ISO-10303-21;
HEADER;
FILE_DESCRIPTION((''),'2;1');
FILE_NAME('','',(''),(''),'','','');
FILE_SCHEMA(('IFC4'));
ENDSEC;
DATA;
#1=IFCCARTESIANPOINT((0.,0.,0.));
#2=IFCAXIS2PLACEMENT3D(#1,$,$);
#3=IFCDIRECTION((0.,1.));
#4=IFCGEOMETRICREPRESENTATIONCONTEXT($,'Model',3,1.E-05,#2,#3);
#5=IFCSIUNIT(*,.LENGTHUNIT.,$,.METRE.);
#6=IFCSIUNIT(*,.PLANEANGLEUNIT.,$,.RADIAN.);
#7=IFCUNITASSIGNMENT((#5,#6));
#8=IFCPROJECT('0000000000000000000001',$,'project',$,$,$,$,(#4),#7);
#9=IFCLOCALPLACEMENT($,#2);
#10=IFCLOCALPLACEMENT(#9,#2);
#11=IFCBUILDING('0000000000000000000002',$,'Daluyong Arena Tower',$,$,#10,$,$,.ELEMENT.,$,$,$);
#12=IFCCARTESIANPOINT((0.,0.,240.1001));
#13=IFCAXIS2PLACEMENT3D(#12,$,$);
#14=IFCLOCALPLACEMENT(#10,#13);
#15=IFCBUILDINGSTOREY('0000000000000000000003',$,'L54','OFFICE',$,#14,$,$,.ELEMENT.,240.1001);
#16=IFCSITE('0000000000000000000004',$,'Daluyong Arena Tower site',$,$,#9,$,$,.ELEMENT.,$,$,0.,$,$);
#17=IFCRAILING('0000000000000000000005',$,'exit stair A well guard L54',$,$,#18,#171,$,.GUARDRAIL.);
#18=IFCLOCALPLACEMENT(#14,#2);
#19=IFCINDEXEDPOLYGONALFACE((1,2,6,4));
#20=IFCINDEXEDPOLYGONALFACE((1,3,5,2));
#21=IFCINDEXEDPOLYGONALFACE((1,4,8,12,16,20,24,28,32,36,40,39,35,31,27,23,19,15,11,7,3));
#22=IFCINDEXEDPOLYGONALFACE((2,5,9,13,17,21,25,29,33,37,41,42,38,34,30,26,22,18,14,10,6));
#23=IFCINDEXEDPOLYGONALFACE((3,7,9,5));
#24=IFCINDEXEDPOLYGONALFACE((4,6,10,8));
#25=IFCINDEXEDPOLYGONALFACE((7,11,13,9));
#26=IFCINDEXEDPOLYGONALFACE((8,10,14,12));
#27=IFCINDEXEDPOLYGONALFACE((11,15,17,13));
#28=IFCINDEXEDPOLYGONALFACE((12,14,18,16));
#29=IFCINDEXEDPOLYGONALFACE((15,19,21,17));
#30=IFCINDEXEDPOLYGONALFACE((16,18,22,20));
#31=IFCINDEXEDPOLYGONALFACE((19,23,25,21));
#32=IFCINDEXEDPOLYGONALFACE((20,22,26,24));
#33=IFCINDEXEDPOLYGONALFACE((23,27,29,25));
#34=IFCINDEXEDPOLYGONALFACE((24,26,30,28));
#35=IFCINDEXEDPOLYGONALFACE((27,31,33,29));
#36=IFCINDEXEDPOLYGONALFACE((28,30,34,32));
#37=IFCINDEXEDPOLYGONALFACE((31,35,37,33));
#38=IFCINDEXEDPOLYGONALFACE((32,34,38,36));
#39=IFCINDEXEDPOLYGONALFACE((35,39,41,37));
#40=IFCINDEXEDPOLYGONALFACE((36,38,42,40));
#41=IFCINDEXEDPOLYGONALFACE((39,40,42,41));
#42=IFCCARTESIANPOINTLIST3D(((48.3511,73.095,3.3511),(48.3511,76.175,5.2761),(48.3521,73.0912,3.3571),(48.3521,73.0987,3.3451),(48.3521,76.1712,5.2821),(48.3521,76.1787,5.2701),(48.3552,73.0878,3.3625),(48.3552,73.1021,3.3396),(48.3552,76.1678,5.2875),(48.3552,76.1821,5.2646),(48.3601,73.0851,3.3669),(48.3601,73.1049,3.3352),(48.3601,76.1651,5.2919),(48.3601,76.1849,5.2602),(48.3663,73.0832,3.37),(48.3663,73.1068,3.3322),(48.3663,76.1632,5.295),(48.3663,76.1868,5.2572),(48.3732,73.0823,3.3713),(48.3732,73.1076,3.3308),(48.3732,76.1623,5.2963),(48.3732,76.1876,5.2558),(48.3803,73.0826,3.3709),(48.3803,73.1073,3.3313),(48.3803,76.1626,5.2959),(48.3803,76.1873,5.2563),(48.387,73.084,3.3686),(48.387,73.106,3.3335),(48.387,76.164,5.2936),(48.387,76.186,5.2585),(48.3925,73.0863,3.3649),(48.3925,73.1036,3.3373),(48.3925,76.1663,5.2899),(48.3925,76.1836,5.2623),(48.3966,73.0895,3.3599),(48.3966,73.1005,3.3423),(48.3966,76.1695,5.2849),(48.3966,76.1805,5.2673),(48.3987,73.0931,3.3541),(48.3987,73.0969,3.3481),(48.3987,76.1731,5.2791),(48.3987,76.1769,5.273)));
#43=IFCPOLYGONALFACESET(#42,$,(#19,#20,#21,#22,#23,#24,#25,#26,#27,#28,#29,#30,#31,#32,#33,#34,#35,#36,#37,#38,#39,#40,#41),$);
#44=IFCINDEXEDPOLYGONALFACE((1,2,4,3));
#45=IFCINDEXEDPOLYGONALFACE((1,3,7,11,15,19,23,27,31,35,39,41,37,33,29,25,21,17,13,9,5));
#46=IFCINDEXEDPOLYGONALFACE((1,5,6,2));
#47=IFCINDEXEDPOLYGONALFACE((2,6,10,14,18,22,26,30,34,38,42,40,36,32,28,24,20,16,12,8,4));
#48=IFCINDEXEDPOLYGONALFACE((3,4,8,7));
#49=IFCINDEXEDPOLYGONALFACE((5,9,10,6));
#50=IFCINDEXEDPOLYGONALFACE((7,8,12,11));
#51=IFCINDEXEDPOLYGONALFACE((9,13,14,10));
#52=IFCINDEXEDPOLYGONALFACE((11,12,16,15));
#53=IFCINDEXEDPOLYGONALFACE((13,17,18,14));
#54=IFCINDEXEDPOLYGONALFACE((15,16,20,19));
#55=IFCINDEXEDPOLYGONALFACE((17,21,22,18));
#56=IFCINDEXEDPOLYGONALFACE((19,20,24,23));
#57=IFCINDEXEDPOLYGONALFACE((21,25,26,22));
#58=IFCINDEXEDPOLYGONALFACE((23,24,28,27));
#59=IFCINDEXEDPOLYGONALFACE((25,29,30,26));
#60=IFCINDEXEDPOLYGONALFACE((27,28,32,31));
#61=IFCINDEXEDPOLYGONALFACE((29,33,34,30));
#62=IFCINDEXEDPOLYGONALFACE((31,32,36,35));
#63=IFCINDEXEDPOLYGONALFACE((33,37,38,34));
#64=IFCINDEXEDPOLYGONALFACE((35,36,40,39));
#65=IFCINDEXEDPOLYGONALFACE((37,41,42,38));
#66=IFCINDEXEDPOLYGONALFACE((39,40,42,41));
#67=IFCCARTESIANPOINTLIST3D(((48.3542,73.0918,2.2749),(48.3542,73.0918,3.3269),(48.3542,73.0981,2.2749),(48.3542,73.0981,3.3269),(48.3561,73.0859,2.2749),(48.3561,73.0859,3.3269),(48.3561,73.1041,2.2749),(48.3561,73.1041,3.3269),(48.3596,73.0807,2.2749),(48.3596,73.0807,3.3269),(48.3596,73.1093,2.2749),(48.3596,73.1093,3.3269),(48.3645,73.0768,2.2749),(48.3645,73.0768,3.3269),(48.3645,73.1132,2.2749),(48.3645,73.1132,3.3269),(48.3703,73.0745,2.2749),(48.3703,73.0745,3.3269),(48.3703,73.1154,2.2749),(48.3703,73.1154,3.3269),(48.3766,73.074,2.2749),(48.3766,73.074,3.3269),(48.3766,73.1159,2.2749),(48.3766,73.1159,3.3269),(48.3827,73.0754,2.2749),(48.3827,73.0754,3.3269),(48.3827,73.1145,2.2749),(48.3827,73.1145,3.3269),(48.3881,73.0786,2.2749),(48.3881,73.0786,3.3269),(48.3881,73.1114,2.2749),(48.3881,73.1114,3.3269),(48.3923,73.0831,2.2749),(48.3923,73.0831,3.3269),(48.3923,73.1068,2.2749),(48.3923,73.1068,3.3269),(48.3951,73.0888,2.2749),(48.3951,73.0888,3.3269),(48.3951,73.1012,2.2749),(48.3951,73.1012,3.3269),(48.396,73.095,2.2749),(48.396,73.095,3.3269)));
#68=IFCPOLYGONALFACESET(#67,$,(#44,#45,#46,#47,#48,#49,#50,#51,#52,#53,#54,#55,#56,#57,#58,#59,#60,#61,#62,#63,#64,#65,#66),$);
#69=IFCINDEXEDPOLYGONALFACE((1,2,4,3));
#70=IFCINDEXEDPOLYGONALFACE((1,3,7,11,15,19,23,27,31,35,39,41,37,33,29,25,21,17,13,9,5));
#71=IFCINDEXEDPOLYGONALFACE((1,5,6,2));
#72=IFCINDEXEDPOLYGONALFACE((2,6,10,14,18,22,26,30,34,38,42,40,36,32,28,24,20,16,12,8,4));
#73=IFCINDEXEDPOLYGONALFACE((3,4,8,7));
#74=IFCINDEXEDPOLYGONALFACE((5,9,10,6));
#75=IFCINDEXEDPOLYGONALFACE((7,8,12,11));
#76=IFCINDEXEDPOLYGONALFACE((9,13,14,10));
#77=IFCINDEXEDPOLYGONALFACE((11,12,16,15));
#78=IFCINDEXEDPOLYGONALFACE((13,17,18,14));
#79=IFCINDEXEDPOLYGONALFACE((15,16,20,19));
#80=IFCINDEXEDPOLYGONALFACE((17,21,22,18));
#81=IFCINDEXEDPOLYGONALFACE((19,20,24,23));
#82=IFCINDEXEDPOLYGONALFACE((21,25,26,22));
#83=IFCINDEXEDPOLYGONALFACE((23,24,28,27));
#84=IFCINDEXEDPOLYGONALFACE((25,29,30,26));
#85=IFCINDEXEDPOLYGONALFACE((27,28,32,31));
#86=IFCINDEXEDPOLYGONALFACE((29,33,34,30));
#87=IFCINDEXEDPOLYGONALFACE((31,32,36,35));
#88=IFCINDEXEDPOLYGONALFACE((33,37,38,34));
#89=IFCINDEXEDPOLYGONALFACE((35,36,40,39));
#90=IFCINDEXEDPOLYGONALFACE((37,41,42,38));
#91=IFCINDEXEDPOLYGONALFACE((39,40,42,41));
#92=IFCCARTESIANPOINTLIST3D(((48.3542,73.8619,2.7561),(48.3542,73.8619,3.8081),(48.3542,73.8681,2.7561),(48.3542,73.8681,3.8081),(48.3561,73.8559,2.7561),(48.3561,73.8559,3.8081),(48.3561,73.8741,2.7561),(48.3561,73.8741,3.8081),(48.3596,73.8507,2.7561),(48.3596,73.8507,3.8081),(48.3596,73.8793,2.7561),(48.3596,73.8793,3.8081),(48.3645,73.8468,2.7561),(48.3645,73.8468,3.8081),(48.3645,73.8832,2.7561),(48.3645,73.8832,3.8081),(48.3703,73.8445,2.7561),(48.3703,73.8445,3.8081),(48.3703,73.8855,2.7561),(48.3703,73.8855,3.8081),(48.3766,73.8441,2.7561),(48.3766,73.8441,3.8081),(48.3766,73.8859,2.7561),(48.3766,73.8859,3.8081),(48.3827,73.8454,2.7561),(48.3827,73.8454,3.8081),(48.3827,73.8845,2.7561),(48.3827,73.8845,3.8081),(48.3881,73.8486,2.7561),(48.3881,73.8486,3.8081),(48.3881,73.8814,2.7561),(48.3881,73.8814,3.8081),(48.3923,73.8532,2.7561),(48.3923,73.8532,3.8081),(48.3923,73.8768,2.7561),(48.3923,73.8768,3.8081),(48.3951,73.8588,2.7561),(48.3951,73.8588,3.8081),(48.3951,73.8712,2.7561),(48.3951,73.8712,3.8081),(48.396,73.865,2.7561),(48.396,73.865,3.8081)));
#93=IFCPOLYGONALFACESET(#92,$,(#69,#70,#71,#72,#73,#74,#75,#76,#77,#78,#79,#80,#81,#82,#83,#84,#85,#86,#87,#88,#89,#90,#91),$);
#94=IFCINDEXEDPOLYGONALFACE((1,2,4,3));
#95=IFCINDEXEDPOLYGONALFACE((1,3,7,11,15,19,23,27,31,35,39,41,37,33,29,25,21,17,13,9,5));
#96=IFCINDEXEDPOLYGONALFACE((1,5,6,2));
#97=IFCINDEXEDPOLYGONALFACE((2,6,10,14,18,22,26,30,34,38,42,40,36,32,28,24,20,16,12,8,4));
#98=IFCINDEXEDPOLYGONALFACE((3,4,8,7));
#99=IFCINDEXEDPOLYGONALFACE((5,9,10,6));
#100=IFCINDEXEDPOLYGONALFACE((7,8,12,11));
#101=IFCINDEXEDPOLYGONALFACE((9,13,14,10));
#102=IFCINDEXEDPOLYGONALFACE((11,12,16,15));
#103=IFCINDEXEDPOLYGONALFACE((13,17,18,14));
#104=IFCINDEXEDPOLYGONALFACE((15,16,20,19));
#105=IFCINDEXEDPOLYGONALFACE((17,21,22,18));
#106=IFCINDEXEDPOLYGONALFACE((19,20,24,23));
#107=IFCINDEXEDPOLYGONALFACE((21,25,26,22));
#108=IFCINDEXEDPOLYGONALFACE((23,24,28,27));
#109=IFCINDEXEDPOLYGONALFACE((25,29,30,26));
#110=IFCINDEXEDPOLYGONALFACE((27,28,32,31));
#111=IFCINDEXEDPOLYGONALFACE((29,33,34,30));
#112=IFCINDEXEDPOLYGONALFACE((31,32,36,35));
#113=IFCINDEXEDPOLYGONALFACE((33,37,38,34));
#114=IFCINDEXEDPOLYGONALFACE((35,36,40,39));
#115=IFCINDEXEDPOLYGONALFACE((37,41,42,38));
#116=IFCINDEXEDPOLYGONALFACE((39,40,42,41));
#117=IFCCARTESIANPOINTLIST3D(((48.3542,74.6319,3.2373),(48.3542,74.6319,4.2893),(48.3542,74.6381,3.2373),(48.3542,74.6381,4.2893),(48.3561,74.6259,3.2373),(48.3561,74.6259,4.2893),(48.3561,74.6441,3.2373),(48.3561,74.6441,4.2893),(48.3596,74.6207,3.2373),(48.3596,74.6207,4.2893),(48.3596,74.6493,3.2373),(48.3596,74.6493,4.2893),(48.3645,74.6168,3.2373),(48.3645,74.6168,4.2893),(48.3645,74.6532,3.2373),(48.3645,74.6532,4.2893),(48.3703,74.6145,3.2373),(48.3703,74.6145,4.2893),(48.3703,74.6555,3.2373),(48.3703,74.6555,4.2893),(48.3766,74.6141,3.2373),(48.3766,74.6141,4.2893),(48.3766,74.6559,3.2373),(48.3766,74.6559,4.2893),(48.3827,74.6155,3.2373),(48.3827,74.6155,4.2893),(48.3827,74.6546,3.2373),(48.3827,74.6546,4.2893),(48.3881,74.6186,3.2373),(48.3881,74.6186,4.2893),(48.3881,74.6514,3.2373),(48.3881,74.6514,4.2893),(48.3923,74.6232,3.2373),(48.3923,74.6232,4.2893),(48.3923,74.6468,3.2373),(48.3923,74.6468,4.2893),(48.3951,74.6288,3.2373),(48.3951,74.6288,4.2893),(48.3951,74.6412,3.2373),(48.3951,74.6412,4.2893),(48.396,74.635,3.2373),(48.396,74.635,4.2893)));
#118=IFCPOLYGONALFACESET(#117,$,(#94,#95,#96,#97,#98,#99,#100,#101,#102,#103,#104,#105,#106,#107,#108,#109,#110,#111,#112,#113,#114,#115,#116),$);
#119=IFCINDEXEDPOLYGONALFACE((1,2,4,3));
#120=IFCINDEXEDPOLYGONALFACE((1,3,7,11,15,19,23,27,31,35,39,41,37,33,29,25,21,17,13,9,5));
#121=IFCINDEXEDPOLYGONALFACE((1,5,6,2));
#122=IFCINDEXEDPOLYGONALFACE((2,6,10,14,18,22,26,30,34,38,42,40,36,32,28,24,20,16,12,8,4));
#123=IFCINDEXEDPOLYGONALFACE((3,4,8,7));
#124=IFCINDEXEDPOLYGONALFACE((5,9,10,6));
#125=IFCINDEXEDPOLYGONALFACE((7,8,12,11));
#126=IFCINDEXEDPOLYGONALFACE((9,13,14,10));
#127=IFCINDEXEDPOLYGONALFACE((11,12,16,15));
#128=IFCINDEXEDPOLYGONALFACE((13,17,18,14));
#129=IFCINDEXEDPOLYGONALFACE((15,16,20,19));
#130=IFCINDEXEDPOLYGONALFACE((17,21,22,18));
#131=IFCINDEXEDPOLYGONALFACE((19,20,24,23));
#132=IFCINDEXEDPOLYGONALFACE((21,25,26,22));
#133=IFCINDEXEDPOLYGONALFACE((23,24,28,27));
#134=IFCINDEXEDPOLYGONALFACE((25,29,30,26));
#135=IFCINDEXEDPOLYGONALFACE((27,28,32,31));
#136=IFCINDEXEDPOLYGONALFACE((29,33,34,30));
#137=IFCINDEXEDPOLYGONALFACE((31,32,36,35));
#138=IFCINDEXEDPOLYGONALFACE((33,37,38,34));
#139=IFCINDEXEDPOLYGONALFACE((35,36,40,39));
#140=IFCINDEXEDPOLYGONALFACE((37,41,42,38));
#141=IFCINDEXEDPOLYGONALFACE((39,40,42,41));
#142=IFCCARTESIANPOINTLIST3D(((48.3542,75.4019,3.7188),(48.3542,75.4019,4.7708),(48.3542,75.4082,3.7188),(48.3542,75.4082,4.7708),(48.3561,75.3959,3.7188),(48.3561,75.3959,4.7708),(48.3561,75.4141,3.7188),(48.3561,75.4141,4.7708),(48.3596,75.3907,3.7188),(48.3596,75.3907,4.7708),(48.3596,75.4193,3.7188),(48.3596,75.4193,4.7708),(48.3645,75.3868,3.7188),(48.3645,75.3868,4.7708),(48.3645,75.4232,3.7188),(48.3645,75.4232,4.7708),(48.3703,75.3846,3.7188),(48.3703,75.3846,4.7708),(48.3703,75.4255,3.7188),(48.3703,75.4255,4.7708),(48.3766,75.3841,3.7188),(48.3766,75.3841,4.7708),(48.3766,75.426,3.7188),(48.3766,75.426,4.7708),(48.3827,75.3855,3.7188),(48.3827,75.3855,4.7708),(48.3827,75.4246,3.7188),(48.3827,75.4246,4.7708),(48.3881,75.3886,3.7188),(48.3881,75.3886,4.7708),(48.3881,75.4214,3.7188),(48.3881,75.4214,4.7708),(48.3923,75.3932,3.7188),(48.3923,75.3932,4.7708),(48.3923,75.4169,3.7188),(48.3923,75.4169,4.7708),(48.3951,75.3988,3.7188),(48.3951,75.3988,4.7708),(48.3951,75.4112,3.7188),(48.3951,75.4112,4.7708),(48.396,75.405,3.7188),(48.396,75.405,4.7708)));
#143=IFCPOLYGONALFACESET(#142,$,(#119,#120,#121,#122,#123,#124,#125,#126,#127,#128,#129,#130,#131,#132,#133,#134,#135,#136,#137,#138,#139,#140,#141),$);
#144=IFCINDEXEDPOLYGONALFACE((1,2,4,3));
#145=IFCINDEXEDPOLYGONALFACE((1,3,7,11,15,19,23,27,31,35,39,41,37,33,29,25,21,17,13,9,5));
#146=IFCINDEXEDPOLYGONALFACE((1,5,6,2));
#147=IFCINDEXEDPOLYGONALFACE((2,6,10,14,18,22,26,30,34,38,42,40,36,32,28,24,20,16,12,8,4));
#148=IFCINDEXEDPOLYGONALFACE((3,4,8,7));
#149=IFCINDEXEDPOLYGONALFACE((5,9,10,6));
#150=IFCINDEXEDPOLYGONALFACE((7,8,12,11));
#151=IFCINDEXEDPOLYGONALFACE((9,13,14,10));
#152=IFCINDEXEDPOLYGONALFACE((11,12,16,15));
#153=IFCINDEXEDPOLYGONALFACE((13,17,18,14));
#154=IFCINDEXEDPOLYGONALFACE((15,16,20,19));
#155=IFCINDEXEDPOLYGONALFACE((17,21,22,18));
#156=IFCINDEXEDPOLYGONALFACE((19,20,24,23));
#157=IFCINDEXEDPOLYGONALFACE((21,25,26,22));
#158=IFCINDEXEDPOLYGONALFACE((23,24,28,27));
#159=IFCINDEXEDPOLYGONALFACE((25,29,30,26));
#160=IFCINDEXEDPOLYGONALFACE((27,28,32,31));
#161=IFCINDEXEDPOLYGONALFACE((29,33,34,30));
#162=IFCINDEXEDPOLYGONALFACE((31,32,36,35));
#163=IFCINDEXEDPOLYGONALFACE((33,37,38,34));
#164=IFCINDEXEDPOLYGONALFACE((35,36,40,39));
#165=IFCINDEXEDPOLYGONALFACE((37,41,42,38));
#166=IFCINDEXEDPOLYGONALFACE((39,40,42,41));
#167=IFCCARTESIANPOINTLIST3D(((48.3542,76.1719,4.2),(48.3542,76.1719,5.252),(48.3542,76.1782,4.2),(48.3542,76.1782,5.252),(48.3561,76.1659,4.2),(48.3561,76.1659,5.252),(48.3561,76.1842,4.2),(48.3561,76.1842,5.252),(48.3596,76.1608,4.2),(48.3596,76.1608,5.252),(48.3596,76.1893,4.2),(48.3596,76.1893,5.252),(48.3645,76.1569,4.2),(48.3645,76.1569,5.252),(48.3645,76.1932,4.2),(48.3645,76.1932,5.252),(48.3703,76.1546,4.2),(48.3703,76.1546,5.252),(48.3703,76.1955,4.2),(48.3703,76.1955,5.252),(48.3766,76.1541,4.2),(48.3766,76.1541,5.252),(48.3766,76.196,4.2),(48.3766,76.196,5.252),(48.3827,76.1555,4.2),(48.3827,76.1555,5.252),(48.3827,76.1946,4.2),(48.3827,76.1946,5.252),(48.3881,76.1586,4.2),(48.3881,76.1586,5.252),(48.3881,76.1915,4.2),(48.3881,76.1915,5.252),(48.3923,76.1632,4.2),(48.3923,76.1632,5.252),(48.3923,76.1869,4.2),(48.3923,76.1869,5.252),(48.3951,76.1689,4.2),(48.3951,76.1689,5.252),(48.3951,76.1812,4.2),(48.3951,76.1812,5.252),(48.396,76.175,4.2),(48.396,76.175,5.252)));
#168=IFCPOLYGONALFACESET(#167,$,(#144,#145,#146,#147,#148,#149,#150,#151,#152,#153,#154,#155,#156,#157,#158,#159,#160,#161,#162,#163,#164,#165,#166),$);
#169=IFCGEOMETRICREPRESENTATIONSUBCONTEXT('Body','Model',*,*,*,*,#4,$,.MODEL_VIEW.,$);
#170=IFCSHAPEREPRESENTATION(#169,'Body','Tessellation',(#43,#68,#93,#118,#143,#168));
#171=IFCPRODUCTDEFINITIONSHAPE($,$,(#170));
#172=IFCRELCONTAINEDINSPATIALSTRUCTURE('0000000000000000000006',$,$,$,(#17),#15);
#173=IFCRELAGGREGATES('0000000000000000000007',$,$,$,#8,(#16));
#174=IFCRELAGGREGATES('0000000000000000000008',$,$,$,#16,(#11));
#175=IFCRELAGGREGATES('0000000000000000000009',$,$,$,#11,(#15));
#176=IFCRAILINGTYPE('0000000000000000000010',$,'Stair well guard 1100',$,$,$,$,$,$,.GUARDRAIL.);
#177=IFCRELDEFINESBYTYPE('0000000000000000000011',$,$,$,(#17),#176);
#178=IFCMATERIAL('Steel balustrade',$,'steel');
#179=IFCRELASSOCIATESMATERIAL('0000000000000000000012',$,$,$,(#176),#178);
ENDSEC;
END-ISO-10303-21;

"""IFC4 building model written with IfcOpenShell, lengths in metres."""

from ifc_helpers import new_model, si_unit, direction, frame, origin, origin_2d, place, context, subcontext, project, spatial, circle, extrude, material, type_object, element, save


model = new_model("IFC4")

# Units and contexts
model_context = context("Model", 3, precision=1e-05, world=origin(), true_north=direction((0.0, 1.0)))
body_context = subcontext(model_context, "Body", "Model", "MODEL_VIEW")
ifc_project = project(units=[si_unit("LENGTHUNIT", "METRE"), si_unit("PLANEANGLEUNIT", "RADIAN")], contexts=[model_context])

# Site, building, storey
site_placement = place(None, origin())
site = spatial("IfcSite", under=ifc_project, at=site_placement, Name="Daluyong Arena Tower site", CompositionType="ELEMENT", RefElevation=0.0)
building_placement = place(site_placement, origin())
building = spatial("IfcBuilding", under=site, at=building_placement, Name="Daluyong Arena Tower", CompositionType="ELEMENT")
storey_placement = place(building_placement, frame((0.0, 0.0, 240.1001)))
storey = spatial("IfcBuildingStorey", under=building, at=storey_placement, Name="L54", Description="OFFICE", CompositionType="ELEMENT", Elevation=240.1001)

# Railing
ifc_material_1 = material(Name="Steel balustrade", Category="steel")
railing_type_1 = type_object("IfcRailingType", Name="Stair well guard 1100", PredefinedType="GUARDRAIL", material=ifc_material_1)
railing_1_placement = place(storey_placement, frame((48.375, 73.095, 2.2749)))
element("IfcRailing", 1, at=railing_1_placement, inside=storey, type_object=railing_type_1, Name="exit stair A well guard L54", PredefinedType="GUARDRAIL", context=body_context, shape_type="SweptSolid", body=[
    extrude(circle(Radius=0.0239, at=origin_2d()), frame((0.0, 0.0, 1.0762), z_axis=(0.0, 0.847998, 0.529999), x_axis=(-1.0, 0.0, 0.0)), (0.0, 0.0, 1.0), 3.6321),
    extrude(circle(Radius=0.021, at=origin_2d()), origin(), (0.0, 0.0, 1.0), 1.052),
    extrude(circle(Radius=0.021, at=origin_2d()), frame((0.0, 0.77, 0.4812)), (0.0, 0.0, 1.0), 1.052),
    extrude(circle(Radius=0.021, at=origin_2d()), frame((0.0, 1.54, 0.9624)), (0.0, 0.0, 1.0), 1.052),
    extrude(circle(Radius=0.021, at=origin_2d()), frame((0.0, 2.3101, 1.4438)), (0.0, 0.0, 1.0), 1.052),
    extrude(circle(Radius=0.021, at=origin_2d()), frame((0.0, 3.0801, 1.925)), (0.0, 0.0, 1.0), 1.052),
])

save(model, "model.ifc")
